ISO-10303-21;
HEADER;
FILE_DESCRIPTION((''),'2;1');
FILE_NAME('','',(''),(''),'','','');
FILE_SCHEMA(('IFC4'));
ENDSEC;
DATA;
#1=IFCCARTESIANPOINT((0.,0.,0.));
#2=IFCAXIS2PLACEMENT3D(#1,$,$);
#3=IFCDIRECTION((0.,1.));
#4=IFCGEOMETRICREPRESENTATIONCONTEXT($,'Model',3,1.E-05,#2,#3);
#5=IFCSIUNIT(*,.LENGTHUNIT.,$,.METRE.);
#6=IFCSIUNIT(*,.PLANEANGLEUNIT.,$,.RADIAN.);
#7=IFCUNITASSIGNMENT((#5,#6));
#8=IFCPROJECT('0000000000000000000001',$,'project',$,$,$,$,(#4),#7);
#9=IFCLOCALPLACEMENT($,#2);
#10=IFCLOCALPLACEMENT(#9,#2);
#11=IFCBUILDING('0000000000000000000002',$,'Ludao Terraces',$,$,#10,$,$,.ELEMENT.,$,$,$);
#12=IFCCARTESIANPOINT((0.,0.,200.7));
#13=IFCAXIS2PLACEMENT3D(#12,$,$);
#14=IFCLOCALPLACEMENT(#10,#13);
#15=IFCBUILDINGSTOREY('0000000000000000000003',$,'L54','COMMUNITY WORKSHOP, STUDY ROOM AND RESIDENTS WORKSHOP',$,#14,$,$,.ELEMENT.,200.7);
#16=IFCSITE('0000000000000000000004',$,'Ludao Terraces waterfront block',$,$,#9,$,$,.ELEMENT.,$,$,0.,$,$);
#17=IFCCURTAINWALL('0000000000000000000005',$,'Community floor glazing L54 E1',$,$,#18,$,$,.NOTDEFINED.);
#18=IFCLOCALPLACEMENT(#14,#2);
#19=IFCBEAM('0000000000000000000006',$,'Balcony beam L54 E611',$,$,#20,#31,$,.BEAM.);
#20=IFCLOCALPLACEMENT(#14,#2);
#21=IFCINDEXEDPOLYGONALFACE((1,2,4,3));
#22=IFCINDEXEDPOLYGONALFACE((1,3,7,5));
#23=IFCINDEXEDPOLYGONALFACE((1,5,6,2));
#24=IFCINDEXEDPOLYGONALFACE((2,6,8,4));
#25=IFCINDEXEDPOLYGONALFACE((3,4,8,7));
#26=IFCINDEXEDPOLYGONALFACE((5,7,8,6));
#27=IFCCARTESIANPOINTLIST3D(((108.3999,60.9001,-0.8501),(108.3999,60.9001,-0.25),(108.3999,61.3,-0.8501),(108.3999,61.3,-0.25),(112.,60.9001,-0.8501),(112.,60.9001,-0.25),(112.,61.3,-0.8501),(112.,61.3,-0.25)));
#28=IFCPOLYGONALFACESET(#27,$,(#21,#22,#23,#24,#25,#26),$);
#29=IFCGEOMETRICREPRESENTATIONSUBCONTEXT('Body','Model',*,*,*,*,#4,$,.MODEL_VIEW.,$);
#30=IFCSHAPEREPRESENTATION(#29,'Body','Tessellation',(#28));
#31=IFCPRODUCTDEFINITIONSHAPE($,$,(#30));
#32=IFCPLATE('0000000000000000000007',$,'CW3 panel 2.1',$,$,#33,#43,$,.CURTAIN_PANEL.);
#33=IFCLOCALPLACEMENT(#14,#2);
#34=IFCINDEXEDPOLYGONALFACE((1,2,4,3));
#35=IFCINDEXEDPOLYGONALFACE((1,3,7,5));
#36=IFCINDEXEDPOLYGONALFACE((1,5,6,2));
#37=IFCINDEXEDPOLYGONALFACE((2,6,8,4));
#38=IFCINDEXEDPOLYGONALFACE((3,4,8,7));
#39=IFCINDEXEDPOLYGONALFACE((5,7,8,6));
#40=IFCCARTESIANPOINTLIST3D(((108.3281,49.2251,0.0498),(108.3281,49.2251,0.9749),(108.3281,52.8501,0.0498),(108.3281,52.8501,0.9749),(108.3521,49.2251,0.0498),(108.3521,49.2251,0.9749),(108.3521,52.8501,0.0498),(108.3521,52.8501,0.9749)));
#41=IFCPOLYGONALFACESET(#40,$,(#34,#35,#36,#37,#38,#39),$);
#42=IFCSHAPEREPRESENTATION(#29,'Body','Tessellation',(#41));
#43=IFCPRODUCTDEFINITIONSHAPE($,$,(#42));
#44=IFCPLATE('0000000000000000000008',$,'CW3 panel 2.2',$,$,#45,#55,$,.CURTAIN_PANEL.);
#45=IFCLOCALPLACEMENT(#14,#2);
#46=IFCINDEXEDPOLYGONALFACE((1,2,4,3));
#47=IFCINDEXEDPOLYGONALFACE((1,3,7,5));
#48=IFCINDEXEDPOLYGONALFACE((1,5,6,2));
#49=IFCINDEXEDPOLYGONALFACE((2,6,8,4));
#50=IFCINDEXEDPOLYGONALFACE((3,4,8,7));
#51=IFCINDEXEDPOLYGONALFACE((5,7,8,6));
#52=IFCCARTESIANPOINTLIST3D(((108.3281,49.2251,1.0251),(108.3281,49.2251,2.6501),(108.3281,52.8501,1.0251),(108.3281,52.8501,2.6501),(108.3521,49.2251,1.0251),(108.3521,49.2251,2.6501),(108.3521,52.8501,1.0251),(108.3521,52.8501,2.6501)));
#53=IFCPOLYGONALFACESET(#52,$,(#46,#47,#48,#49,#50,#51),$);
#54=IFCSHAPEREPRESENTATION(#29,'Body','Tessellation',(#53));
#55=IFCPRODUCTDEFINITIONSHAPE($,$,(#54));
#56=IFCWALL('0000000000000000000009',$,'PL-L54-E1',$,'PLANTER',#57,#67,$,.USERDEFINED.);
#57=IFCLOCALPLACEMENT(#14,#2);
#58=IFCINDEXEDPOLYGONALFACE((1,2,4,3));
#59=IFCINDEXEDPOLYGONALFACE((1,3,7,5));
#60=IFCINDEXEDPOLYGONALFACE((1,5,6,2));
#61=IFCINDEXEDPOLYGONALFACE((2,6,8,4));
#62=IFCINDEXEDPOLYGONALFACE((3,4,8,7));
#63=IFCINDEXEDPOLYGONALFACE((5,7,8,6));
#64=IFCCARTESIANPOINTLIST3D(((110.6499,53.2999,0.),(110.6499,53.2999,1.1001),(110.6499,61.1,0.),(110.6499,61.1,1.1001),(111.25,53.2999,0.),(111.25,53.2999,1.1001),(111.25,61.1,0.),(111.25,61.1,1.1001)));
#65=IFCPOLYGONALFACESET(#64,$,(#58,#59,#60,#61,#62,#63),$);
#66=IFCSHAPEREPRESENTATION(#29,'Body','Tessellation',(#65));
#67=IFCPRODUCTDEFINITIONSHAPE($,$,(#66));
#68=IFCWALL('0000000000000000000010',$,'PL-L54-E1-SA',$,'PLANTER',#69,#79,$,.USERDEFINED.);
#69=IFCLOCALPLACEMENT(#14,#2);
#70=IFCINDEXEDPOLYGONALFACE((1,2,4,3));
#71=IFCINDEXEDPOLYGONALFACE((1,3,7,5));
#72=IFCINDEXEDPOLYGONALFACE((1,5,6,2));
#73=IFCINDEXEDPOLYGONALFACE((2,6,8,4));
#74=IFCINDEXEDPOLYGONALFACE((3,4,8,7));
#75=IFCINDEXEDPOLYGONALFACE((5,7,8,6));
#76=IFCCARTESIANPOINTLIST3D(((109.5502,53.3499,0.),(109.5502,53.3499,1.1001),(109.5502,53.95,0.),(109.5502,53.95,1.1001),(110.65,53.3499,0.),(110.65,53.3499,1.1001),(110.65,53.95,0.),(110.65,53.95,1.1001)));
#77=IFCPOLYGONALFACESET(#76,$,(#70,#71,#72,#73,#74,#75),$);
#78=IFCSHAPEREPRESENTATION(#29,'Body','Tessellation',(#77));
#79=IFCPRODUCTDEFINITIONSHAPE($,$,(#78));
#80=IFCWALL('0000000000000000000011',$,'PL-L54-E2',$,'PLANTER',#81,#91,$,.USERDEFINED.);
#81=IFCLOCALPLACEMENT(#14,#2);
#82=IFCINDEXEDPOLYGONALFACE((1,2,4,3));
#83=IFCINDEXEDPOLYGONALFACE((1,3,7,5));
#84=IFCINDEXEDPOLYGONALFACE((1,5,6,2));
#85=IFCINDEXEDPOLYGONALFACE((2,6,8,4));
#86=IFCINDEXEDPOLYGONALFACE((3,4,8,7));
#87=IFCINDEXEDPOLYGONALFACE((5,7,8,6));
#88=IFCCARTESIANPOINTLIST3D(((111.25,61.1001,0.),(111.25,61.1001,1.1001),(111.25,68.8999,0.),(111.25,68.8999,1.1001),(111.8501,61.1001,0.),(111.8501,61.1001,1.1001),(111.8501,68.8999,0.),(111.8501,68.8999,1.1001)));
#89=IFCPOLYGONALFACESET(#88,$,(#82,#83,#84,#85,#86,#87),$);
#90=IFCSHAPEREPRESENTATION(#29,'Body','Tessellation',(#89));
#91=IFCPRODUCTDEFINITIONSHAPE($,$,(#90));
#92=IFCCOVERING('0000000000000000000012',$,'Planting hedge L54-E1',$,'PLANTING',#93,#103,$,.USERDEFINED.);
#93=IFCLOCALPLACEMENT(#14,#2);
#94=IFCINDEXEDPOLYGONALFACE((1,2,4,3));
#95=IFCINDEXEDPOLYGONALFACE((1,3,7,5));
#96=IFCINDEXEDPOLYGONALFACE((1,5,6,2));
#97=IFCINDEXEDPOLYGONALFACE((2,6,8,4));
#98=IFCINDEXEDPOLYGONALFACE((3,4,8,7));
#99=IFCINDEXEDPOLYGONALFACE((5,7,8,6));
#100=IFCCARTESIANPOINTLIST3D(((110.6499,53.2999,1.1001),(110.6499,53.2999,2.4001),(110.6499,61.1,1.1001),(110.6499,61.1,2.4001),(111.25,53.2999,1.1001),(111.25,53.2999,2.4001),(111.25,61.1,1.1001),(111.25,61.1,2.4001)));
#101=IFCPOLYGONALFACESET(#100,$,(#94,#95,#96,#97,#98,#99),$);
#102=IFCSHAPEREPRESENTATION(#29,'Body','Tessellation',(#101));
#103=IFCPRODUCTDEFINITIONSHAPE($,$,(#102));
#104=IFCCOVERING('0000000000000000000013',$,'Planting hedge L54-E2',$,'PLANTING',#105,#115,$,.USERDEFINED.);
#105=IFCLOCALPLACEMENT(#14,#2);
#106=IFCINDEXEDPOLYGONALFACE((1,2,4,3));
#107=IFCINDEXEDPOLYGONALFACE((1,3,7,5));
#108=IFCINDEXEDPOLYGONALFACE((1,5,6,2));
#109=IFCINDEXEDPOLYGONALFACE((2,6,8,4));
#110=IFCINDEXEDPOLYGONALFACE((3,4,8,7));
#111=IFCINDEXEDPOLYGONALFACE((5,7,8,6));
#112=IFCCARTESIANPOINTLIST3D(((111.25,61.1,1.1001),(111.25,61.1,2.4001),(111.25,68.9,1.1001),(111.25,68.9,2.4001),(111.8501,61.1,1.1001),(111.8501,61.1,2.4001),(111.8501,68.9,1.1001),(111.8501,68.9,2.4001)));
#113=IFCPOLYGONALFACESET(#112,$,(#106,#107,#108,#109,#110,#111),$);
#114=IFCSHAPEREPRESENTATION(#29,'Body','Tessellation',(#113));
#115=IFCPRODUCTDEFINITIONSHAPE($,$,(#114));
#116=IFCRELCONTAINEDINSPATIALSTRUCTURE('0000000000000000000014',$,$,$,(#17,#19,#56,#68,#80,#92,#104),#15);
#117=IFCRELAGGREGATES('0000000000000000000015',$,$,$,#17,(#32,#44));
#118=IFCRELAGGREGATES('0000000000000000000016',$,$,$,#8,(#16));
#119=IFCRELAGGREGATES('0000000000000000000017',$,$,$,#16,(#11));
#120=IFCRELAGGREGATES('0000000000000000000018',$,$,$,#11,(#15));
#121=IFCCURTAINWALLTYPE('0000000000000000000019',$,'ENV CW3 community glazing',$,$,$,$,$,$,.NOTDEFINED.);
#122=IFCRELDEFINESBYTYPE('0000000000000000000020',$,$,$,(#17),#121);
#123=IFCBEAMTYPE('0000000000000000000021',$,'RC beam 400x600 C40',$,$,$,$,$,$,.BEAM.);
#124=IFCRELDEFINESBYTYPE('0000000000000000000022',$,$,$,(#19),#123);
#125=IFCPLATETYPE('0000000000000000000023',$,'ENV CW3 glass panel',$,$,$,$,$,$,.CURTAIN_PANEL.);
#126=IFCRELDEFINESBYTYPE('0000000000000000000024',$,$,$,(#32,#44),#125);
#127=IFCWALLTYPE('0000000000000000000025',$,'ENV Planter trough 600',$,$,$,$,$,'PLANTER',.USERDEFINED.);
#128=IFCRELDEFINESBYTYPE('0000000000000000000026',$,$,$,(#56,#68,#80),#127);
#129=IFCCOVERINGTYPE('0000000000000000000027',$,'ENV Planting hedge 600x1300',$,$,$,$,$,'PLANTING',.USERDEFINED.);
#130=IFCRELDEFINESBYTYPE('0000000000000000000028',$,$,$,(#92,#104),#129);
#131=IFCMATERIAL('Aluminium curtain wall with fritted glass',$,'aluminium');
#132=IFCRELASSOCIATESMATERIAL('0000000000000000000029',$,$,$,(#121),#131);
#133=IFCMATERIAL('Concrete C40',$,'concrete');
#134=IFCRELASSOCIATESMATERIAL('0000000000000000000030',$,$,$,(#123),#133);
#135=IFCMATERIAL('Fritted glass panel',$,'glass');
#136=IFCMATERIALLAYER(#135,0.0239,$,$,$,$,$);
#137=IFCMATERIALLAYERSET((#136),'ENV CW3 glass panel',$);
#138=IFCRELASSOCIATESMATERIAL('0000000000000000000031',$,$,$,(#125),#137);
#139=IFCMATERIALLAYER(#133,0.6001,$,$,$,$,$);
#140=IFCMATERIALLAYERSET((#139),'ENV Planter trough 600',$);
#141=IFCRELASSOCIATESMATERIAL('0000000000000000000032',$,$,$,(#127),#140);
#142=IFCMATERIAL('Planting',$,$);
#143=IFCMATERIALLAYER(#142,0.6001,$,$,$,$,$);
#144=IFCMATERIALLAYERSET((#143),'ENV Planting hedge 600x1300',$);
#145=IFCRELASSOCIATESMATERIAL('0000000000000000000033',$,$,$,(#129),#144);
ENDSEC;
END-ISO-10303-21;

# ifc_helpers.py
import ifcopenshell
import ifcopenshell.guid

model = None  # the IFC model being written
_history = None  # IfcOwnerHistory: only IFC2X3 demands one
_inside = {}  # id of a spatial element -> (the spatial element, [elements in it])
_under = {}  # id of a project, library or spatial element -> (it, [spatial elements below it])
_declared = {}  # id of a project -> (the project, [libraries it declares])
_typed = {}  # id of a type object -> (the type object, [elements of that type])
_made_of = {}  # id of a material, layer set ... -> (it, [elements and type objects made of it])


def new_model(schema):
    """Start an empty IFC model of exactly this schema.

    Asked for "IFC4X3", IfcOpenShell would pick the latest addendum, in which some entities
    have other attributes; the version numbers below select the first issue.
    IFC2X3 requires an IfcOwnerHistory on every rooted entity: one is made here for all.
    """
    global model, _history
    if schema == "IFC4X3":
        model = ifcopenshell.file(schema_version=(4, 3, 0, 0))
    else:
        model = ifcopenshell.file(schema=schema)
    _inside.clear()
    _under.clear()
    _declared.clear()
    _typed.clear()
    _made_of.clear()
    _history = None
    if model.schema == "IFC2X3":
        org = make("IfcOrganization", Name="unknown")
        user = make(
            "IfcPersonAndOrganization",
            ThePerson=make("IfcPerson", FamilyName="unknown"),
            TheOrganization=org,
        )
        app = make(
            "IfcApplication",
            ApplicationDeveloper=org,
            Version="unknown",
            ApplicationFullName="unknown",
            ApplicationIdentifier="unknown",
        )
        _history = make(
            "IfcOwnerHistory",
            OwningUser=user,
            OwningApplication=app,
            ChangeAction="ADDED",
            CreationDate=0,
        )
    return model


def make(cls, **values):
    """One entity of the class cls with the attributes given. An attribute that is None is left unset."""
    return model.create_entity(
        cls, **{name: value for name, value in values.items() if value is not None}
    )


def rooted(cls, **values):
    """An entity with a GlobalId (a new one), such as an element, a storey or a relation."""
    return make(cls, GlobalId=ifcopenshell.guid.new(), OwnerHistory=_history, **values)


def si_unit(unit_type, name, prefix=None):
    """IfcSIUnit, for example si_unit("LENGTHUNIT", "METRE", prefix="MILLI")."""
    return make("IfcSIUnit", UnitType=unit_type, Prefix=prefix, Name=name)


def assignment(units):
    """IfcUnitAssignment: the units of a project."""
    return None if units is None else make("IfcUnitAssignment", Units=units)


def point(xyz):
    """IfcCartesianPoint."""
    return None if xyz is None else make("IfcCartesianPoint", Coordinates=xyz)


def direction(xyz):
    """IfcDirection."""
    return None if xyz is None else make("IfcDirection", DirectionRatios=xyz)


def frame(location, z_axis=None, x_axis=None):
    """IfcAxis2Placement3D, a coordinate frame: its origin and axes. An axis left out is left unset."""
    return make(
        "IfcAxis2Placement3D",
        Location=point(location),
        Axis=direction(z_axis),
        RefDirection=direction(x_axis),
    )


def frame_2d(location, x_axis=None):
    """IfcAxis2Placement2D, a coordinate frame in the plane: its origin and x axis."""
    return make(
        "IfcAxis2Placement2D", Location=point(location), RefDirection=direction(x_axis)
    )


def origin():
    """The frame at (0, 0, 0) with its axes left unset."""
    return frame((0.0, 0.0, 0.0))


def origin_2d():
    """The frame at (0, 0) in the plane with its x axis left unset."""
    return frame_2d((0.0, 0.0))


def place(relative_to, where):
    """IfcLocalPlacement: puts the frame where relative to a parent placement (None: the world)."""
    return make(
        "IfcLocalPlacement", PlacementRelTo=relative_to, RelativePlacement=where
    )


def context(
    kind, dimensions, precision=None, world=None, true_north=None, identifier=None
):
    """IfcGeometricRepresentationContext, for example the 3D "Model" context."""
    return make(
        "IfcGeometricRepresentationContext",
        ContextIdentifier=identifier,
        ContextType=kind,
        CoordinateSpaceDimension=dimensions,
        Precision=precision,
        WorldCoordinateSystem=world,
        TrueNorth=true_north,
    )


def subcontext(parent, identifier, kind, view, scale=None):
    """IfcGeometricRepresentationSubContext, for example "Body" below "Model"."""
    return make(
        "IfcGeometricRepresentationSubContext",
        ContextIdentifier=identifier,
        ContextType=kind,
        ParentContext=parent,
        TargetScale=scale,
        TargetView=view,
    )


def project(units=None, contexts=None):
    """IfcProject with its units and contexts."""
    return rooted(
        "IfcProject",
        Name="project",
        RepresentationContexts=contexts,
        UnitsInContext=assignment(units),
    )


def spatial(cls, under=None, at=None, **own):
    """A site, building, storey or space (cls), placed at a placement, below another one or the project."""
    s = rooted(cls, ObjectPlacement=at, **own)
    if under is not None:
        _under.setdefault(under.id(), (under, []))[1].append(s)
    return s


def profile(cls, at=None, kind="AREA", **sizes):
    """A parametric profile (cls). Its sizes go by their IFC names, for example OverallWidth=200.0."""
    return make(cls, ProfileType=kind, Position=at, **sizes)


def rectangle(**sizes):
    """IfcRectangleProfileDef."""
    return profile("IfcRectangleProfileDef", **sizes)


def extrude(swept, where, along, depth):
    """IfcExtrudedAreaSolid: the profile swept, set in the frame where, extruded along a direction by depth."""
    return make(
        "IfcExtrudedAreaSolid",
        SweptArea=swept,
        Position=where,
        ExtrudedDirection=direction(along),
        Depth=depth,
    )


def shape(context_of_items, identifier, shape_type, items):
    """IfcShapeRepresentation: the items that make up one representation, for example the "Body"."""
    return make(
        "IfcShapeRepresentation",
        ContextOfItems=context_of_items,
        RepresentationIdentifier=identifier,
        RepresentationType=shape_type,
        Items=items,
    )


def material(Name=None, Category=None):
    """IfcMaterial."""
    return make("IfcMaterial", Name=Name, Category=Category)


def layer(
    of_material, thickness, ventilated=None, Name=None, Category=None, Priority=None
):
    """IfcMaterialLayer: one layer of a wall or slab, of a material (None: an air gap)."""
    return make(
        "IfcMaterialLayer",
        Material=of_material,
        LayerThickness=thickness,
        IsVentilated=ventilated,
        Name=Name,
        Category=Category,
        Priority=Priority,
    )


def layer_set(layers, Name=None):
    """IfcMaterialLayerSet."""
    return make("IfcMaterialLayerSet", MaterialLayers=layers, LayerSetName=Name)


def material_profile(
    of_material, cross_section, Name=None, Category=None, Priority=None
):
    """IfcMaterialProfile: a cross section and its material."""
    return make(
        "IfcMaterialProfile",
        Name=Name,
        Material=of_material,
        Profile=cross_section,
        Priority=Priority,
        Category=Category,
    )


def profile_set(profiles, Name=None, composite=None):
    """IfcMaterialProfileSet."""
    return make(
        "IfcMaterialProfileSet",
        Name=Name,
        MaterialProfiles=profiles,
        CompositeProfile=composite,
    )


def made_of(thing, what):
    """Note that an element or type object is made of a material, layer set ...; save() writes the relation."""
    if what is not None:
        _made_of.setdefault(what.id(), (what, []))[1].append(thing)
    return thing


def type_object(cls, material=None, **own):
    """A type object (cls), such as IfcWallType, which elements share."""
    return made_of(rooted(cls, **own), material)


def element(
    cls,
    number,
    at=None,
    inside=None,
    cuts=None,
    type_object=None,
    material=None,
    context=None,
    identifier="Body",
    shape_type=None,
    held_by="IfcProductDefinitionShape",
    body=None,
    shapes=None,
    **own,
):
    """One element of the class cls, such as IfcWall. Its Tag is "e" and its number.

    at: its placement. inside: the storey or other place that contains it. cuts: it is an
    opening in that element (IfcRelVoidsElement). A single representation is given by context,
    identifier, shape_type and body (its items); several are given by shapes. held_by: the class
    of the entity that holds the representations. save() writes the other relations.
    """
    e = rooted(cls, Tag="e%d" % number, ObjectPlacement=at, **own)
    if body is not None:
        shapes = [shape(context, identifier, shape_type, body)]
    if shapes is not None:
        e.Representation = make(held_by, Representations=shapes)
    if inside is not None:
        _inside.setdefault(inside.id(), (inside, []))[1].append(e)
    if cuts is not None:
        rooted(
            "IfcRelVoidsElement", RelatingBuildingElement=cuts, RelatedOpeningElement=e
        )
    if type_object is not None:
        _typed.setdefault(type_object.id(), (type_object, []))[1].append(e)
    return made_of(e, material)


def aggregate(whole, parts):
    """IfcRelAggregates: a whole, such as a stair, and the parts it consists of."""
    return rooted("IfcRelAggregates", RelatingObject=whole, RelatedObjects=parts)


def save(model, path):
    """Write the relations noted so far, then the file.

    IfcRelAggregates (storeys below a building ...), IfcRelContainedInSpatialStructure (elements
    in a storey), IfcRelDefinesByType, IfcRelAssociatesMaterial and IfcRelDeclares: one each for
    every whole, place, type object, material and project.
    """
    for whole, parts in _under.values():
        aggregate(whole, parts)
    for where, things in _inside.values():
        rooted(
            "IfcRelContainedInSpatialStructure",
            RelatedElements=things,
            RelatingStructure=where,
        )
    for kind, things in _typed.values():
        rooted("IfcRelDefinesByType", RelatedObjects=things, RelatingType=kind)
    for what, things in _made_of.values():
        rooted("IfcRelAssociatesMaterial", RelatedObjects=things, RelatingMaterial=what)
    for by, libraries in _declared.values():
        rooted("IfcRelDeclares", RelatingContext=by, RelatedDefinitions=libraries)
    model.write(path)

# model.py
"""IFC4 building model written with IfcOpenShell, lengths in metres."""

from ifc_helpers import new_model, si_unit, direction, frame, frame_2d, origin, origin_2d, place, context, subcontext, project, spatial, rectangle, extrude, material, layer, layer_set, material_profile, profile_set, type_object, element, aggregate, save


model = new_model("IFC4")

# Units and contexts
model_context = context("Model", 3, precision=1e-05, world=origin(), true_north=direction((0.0, 1.0)))
body_context = subcontext(model_context, "Body", "Model", "MODEL_VIEW")
ifc_project = project(units=[si_unit("LENGTHUNIT", "METRE"), si_unit("PLANEANGLEUNIT", "RADIAN")], contexts=[model_context])

# Site, building, storey
site_placement = place(None, origin())
site = spatial("IfcSite", under=ifc_project, at=site_placement, Name="Ludao Terraces waterfront block", CompositionType="ELEMENT", RefElevation=0.0)
building_placement = place(site_placement, origin())
building = spatial("IfcBuilding", under=site, at=building_placement, Name="Ludao Terraces", CompositionType="ELEMENT")
storey_placement = place(building_placement, frame((0.0, 0.0, 200.7)))
storey = spatial("IfcBuildingStorey", under=building, at=storey_placement, Name="L54", Description="COMMUNITY WORKSHOP, STUDY ROOM AND RESIDENTS WORKSHOP", CompositionType="ELEMENT", Elevation=200.7)

# Curtain wall
ifc_material_1 = material(Name="Aluminium curtain wall with fritted glass", Category="aluminium")
curtain_wall_type = type_object("IfcCurtainWallType", Name="ENV CW3 community glazing", PredefinedType="NOTDEFINED", material=ifc_material_1)
curtain_wall_placement = place(storey_placement, origin())
curtain_wall = element("IfcCurtainWall", 1, at=curtain_wall_placement, inside=storey, type_object=curtain_wall_type, Name="Community floor glazing L54 E1", PredefinedType="NOTDEFINED")

# Beam
ifc_material_2 = material(Name="Concrete C40", Category="concrete")
ifc_material_profile_1 = material_profile(ifc_material_2, rectangle(XDim=0.3999, YDim=0.6001, at=origin_2d()), Name="400 X 600")
ifc_profile_set_1 = profile_set([ifc_material_profile_1], Name="Concrete C40")
beam_type_1 = type_object("IfcBeamType", Name="RC beam 400x600 C40", PredefinedType="BEAM", material=ifc_profile_set_1)
beam_1_placement = place(storey_placement, frame((108.3999, 61.1001, -0.55), z_axis=(1.0, 0.0, 0.0), x_axis=(0.0, 1.0, 0.0)))
element("IfcBeam", 2, at=beam_1_placement, inside=storey, type_object=beam_type_1, Name="Balcony beam L54 E611", PredefinedType="BEAM", context=body_context, shape_type="SweptSolid", body=[
    extrude(rectangle(XDim=0.3999, YDim=0.6001, at=origin_2d()), origin(), (0.0, 0.0, 1.0), 3.6001),
])

# Plates
ifc_material_3 = material(Name="Fritted glass panel", Category="glass")
ifc_layer_1 = layer(ifc_material_3, 0.0239)
ifc_layer_set_1 = layer_set([ifc_layer_1], Name="ENV CW3 glass panel")
plate_type = type_object("IfcPlateType", Name="ENV CW3 glass panel", PredefinedType="CURTAIN_PANEL", material=ifc_layer_set_1)
plate_1_placement = place(storey_placement, frame((108.3401, 51.0376, 0.0498), z_axis=(0.0, 0.0, 1.0), x_axis=(0.0, 1.0, 0.0)))
plate_1 = element("IfcPlate", 3, at=plate_1_placement, type_object=plate_type, Name="CW3 panel 2.1", PredefinedType="CURTAIN_PANEL", context=body_context, shape_type="SweptSolid", body=[
    extrude(rectangle(XDim=3.625, YDim=0.0239, at=origin_2d()), origin(), (0.0, 0.0, 1.0), 0.925),
])
plate_2_placement = place(storey_placement, frame((108.3401, 51.0376, 1.0251), z_axis=(0.0, 0.0, 1.0), x_axis=(0.0, 1.0, 0.0)))
plate_2 = element("IfcPlate", 4, at=plate_2_placement, type_object=plate_type, Name="CW3 panel 2.2", PredefinedType="CURTAIN_PANEL", context=body_context, shape_type="SweptSolid", body=[
    extrude(rectangle(XDim=3.625, YDim=0.0239, at=origin_2d()), origin(), (0.0, 0.0, 1.0), 1.625),
])
aggregate(curtain_wall, [plate_1, plate_2])

# Walls
ifc_layer_2 = layer(ifc_material_2, 0.6001)
ifc_layer_set_2 = layer_set([ifc_layer_2], Name="ENV Planter trough 600")
wall_type_1 = type_object("IfcWallType", Name="ENV Planter trough 600", ElementType="PLANTER", PredefinedType="USERDEFINED", material=ifc_layer_set_2)
wall_1_placement = place(storey_placement, frame((110.95, 53.3, 0.0), z_axis=(0.0, 0.0, 1.0), x_axis=(0.0, 1.0, 0.0)))
element("IfcWall", 5, at=wall_1_placement, inside=storey, type_object=wall_type_1, Name="PL-L54-E1", ObjectType="PLANTER", PredefinedType="USERDEFINED", context=body_context, shape_type="SweptSolid", body=[
    extrude(rectangle(XDim=7.8, YDim=0.6001, at=frame_2d((3.8999, 0.0))), origin(), (0.0, 0.0, 1.0), 1.1001),
])
wall_2_placement = place(storey_placement, frame((110.6499, 53.6499, 0.0), z_axis=(0.0, 0.0, 1.0), x_axis=(-1.0, 0.0, 0.0)))
element("IfcWall", 6, at=wall_2_placement, inside=storey, type_object=wall_type_1, Name="PL-L54-E1-SA", ObjectType="PLANTER", PredefinedType="USERDEFINED", context=body_context, shape_type="SweptSolid", body=[
    extrude(rectangle(XDim=1.0999, YDim=0.6001, at=frame_2d((0.5498, 0.0))), origin(), (0.0, 0.0, 1.0), 1.1001),
])
wall_3_placement = place(storey_placement, frame((111.55, 61.1001, 0.0), z_axis=(0.0, 0.0, 1.0), x_axis=(0.0, 1.0, 0.0)))
element("IfcWall", 7, at=wall_3_placement, inside=storey, type_object=wall_type_1, Name="PL-L54-E2", ObjectType="PLANTER", PredefinedType="USERDEFINED", context=body_context, shape_type="SweptSolid", body=[
    extrude(rectangle(XDim=7.7998, YDim=0.6001, at=frame_2d((3.8999, 0.0))), origin(), (0.0, 0.0, 1.0), 1.1001),
])

# Coverings
ifc_material_4 = material(Name="Planting")
ifc_layer_3 = layer(ifc_material_4, 0.6001)
ifc_layer_set_3 = layer_set([ifc_layer_3], Name="ENV Planting hedge 600x1300")
covering_type = type_object("IfcCoveringType", Name="ENV Planting hedge 600x1300", ElementType="PLANTING", PredefinedType="USERDEFINED", material=ifc_layer_set_3)
for number, where, z_axis, x_axis, name in (
    (8, (110.95, 57.2, 1.1001), (0.0, 0.0, 1.0), (1.0, 0.0, 0.0), "Planting hedge L54-E1"),
    (9, (111.55, 65.0, 1.1001), (0.0, 0.0, 1.0), (1.0, 0.0, 0.0), "Planting hedge L54-E2"),
):
    element("IfcCovering", number, at=place(storey_placement, frame(where, z_axis=z_axis, x_axis=x_axis)), inside=storey, type_object=covering_type, Name=name, ObjectType="PLANTING", PredefinedType="USERDEFINED", context=body_context, shape_type="SweptSolid", body=[
        extrude(rectangle(XDim=0.6001, YDim=7.8, at=origin_2d()), origin(), (0.0, 0.0, 1.0), 1.3),
    ])

save(model, "model.ifc")
